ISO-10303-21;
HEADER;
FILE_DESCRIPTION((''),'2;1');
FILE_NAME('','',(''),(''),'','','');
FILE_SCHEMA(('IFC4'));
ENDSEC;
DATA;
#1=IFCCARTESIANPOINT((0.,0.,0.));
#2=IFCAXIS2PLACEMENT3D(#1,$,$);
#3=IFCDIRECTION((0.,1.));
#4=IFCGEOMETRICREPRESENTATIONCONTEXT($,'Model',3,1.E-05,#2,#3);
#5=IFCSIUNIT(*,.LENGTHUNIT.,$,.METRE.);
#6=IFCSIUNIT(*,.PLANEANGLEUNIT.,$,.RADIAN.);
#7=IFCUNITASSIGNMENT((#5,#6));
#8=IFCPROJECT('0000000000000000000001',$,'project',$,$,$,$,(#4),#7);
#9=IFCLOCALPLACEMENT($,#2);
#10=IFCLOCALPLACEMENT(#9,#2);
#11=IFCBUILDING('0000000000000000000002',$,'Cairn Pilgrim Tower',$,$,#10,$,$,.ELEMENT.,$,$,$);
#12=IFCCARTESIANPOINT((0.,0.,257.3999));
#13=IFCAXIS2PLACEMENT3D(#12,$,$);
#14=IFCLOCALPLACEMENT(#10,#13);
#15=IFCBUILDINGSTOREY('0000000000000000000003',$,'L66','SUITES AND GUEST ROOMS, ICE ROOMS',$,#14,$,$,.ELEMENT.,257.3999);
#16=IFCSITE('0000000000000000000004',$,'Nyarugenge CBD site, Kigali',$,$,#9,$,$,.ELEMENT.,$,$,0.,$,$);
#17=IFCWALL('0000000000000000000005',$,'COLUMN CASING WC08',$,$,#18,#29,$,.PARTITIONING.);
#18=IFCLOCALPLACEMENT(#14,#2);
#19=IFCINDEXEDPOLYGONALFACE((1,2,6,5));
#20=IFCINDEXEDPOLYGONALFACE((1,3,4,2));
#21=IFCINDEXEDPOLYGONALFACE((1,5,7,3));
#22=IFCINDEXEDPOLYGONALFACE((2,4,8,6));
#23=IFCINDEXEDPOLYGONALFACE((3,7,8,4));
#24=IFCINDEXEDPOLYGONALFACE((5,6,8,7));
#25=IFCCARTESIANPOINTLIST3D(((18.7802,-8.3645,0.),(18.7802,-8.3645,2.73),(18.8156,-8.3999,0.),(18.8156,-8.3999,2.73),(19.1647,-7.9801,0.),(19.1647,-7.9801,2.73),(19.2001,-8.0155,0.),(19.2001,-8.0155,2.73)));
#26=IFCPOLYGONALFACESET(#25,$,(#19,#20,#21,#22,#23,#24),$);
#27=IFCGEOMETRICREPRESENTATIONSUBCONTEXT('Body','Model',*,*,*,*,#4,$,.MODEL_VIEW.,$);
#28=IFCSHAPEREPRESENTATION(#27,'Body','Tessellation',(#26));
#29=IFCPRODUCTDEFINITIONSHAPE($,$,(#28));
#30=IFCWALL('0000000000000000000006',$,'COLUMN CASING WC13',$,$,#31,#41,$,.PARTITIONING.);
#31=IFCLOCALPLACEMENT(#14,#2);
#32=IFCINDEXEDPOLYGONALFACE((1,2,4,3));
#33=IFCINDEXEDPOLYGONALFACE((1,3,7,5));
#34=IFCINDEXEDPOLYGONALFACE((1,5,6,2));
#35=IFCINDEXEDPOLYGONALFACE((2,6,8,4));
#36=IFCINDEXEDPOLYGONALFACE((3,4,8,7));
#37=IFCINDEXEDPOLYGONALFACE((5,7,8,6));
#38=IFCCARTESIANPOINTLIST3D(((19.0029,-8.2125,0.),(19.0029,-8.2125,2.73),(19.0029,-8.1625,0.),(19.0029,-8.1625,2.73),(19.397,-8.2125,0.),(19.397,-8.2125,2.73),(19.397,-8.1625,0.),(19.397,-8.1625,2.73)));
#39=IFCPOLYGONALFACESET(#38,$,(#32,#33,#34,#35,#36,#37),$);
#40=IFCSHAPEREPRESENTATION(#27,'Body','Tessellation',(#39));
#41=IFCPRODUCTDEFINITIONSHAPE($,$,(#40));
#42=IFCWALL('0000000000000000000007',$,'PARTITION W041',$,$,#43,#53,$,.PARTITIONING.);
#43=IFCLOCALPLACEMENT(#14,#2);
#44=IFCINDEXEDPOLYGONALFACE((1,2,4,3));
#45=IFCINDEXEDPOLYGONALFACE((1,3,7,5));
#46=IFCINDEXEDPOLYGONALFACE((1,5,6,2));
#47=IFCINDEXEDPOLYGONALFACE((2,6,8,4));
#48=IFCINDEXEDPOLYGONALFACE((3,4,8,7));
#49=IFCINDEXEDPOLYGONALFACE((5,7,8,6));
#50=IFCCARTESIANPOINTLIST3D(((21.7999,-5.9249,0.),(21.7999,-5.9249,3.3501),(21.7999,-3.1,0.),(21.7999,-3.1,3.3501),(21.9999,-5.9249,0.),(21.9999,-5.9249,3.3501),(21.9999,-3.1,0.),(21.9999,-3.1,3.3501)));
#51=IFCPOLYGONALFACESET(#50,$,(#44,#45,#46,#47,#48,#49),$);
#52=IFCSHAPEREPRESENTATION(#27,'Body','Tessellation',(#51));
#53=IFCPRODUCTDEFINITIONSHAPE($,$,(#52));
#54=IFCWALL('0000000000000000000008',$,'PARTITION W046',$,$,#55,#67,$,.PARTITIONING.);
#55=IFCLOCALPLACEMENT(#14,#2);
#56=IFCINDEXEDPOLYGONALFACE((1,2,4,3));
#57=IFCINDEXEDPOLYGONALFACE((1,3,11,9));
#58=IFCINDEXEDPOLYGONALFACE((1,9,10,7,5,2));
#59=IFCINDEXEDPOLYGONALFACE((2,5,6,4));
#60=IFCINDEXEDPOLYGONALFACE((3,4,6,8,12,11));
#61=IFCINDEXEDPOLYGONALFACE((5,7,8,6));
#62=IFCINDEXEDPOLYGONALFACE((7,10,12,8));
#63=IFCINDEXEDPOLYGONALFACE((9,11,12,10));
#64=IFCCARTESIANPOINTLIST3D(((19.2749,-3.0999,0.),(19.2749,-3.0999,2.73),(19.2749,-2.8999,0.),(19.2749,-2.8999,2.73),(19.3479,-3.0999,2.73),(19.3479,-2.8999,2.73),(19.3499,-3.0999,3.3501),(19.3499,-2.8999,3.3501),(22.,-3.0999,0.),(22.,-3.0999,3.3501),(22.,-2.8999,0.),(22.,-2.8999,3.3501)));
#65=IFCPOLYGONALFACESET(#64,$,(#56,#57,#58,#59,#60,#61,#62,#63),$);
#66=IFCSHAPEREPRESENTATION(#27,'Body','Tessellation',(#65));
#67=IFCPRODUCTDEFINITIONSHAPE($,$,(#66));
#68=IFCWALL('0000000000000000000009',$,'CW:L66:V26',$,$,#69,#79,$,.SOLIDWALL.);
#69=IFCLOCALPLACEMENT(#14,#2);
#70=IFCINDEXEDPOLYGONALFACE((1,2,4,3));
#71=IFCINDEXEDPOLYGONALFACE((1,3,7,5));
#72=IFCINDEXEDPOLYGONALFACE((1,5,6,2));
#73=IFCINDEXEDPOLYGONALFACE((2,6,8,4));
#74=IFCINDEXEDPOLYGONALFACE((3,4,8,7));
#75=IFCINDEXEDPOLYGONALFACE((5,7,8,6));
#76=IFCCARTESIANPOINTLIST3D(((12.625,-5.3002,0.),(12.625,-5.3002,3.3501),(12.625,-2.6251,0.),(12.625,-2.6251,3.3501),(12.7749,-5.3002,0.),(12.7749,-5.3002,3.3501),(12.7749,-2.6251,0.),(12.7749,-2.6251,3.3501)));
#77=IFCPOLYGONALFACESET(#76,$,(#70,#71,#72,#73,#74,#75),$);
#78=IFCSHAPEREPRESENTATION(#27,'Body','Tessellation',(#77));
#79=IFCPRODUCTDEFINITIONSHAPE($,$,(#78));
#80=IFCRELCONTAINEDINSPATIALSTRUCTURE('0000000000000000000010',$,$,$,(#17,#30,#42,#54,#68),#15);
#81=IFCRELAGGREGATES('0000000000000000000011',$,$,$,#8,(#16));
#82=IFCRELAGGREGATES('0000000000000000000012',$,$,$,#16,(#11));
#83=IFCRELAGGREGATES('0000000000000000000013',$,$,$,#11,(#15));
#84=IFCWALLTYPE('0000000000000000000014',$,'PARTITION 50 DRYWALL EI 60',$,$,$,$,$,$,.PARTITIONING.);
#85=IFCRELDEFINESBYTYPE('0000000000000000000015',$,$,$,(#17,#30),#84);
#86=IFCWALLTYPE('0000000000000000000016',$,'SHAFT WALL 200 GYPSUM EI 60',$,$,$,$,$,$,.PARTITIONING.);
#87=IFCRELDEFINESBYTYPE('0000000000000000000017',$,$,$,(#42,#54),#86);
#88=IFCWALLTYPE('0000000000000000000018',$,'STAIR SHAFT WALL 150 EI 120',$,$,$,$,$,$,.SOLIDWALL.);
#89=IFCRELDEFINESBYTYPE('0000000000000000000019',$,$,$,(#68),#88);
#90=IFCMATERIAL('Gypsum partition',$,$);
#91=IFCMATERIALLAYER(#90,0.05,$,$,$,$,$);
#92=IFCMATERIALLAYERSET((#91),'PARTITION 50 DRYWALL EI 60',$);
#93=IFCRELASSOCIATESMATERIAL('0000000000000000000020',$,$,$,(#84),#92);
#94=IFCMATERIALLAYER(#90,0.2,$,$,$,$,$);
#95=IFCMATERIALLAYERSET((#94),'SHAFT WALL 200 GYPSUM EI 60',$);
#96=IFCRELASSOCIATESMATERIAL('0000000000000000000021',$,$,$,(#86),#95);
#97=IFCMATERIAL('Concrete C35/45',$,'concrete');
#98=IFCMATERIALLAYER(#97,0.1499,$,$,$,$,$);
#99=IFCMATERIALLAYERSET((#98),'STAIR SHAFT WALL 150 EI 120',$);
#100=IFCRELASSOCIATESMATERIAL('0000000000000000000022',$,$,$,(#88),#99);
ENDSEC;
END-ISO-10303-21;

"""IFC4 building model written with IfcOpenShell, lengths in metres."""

from ifc_helpers import new_model, si_unit, direction, frame, frame_2d, origin, place, context, subcontext, project, spatial, polyline, rectangle, outline, extrude, material, layer, layer_set, type_object, element, save


model = new_model("IFC4")

# Units and contexts
model_context = context("Model", 3, precision=1e-05, world=origin(), true_north=direction((0.0, 1.0)))
body_context = subcontext(model_context, "Body", "Model", "MODEL_VIEW")
ifc_project = project(units=[si_unit("LENGTHUNIT", "METRE"), si_unit("PLANEANGLEUNIT", "RADIAN")], contexts=[model_context])

# Site, building, storey
site_placement = place(None, origin())
site = spatial("IfcSite", under=ifc_project, at=site_placement, Name="Nyarugenge CBD site, Kigali", CompositionType="ELEMENT", RefElevation=0.0)
building_placement = place(site_placement, origin())
building = spatial("IfcBuilding", under=site, at=building_placement, Name="Cairn Pilgrim Tower", CompositionType="ELEMENT")
storey_placement = place(building_placement, frame((0.0, 0.0, 257.3999)))
storey = spatial("IfcBuildingStorey", under=building, at=storey_placement, Name="L66", Description="SUITES AND GUEST ROOMS, ICE ROOMS", CompositionType="ELEMENT", Elevation=257.3999)

# Shared definitions
ifc_material_1 = material(Name="Gypsum partition")

# Walls
ifc_layer_1 = layer(ifc_material_1, 0.05)
ifc_layer_set_1 = layer_set([ifc_layer_1], Name="PARTITION 50 DRYWALL EI 60")
wall_type_1 = type_object("IfcWallType", Name="PARTITION 50 DRYWALL EI 60", PredefinedType="PARTITIONING", material=ifc_layer_set_1)
wall_1_placement = place(storey_placement, frame((18.7979, -8.3823, 0.0), z_axis=(0.0, 0.0, 1.0), x_axis=(0.707107, 0.707107, 0.0)))
element("IfcWall", 1, at=wall_1_placement, inside=storey, type_object=wall_type_1, Name="COLUMN CASING WC08", PredefinedType="PARTITIONING", context=body_context, shape_type="SweptSolid", body=[
    extrude(rectangle(XDim=0.5437, YDim=0.05, at=frame_2d((0.272, 0.0))), origin(), (0.0, 0.0, 1.0), 2.73),
])
wall_2_placement = place(storey_placement, frame((19.0029, -8.1875, 0.0), z_axis=(0.0, 0.0, 1.0), x_axis=(1.0, 0.0, 0.0)))
element("IfcWall", 2, at=wall_2_placement, inside=storey, type_object=wall_type_1, Name="COLUMN CASING WC13", PredefinedType="PARTITIONING", context=body_context, shape_type="SweptSolid", body=[
    extrude(rectangle(XDim=0.394, YDim=0.05, at=frame_2d((0.197, 0.0))), origin(), (0.0, 0.0, 1.0), 2.73),
])
ifc_layer_2 = layer(ifc_material_1, 0.2)
ifc_layer_set_2 = layer_set([ifc_layer_2], Name="SHAFT WALL 200 GYPSUM EI 60")
wall_type_2 = type_object("IfcWallType", Name="SHAFT WALL 200 GYPSUM EI 60", PredefinedType="PARTITIONING", material=ifc_layer_set_2)
wall_3_placement = place(storey_placement, frame((21.8999, -5.925, 0.0), z_axis=(0.0, 0.0, 1.0), x_axis=(0.0, 1.0, 0.0)))
element("IfcWall", 3, at=wall_3_placement, inside=storey, type_object=wall_type_2, Name="PARTITION W041", PredefinedType="PARTITIONING", context=body_context, shape_type="SweptSolid", body=[
    extrude(rectangle(XDim=2.825, YDim=0.2, at=frame_2d((1.4126, 0.0))), origin(), (0.0, 0.0, 1.0), 3.3501),
])
wall_4_placement = place(storey_placement, frame((19.2749, -3.0, 0.0), z_axis=(0.0, 0.0, 1.0), x_axis=(1.0, 0.0, 0.0)))
element("IfcWall", 4, at=wall_4_placement, inside=storey, type_object=wall_type_2, Name="PARTITION W046", PredefinedType="PARTITIONING", context=body_context, shape_type="SweptSolid", body=[
    extrude(outline(polyline([(0.0, 0.0), (2.7251, 0.0), (2.7251, 3.3501), (0.075, 3.3501), (0.073, 2.73), (0.0, 2.73), (0.0, 0.0)])), frame((0.0, 0.1001, 0.0), z_axis=(0.0, -1.0, 0.0), x_axis=(1.0, 0.0, 0.0)), (0.0, 0.0, 1.0), 0.2),
])
ifc_material_2 = material(Name="Concrete C35/45", Category="concrete")
ifc_layer_3 = layer(ifc_material_2, 0.1499)
ifc_layer_set_3 = layer_set([ifc_layer_3], Name="STAIR SHAFT WALL 150 EI 120")
wall_type_3 = type_object("IfcWallType", Name="STAIR SHAFT WALL 150 EI 120", PredefinedType="SOLIDWALL", material=ifc_layer_set_3)
wall_5_placement = place(storey_placement, frame((12.7, -5.3, 0.0), z_axis=(0.0, 0.0, 1.0), x_axis=(0.0, 1.0, 0.0)))
element("IfcWall", 5, at=wall_5_placement, inside=storey, type_object=wall_type_3, Name="CW:L66:V26", PredefinedType="SOLIDWALL", context=body_context, shape_type="SweptSolid", body=[
    extrude(rectangle(XDim=2.675, YDim=0.1499, at=frame_2d((1.3374, 0.0))), origin(), (0.0, 0.0, 1.0), 3.3501),
])

save(model, "model.ifc")
